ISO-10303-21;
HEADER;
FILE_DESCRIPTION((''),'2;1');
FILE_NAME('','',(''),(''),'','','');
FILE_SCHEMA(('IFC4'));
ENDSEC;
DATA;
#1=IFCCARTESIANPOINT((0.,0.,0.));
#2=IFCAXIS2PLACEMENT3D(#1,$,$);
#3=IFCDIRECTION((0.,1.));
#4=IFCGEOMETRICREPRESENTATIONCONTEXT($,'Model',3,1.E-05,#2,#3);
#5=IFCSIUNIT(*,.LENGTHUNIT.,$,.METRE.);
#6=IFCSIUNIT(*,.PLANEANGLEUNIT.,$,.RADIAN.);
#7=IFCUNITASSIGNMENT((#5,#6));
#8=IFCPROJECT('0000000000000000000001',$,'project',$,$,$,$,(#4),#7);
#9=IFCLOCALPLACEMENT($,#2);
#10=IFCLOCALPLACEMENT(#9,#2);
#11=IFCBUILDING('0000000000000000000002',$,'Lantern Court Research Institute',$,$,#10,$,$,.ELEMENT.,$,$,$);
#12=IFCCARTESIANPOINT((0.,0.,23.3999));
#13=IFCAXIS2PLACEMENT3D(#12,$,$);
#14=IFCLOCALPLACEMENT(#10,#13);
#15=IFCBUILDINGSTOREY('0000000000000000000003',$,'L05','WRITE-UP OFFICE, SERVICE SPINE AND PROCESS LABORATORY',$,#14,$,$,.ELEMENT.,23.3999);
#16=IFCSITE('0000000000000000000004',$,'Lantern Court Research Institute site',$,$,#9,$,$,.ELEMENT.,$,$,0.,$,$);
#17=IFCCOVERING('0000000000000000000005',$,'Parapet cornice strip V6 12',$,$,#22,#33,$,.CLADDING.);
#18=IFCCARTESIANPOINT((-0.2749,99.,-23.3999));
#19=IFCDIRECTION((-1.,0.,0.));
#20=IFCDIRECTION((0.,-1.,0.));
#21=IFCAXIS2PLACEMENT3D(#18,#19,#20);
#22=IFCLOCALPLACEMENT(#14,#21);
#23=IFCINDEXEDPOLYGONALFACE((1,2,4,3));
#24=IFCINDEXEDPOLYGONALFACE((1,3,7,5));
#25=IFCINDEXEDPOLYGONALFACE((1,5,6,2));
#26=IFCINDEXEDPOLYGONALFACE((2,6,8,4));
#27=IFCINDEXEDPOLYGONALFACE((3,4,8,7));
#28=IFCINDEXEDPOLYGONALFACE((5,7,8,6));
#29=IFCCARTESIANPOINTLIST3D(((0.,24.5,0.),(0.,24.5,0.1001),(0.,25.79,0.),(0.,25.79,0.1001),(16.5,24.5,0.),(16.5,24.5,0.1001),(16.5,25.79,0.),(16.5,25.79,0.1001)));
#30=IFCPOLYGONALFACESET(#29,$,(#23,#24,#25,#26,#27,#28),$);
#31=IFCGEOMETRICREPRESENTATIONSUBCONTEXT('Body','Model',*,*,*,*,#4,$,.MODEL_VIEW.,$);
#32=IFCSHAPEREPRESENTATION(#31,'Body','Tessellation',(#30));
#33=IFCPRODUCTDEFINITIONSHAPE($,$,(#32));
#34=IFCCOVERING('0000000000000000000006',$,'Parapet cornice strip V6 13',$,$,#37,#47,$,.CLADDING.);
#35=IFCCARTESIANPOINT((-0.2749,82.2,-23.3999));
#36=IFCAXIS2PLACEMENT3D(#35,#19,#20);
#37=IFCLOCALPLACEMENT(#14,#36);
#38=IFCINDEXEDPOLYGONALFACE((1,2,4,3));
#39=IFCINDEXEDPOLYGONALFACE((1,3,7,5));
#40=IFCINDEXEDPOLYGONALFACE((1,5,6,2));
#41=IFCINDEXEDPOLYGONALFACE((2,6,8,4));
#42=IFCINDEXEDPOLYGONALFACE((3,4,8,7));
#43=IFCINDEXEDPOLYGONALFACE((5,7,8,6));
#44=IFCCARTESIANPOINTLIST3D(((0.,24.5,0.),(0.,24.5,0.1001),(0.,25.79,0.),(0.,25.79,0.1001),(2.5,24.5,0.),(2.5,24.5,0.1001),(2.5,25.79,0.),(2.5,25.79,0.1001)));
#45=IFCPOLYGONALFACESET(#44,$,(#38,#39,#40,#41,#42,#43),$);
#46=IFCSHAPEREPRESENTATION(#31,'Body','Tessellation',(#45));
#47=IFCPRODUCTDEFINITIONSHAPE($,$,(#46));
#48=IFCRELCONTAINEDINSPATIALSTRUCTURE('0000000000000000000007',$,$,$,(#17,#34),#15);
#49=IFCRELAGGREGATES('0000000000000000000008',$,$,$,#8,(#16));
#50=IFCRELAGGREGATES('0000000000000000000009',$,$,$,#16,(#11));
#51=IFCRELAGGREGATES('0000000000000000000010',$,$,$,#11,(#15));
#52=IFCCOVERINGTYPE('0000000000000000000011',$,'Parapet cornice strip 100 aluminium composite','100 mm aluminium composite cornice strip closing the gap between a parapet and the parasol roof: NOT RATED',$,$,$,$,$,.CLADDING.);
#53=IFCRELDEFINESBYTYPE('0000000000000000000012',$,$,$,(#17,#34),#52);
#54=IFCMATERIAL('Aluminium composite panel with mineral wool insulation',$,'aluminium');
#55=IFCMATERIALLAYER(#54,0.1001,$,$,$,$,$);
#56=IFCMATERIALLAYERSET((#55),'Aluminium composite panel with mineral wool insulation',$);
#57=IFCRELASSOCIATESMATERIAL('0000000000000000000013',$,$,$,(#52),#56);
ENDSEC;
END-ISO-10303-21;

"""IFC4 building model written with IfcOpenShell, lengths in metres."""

from ifc_helpers import new_model, si_unit, direction, frame, origin, place, context, subcontext, project, spatial, polyline, outline, extrude, material, layer, layer_set, type_object, element, save


model = new_model("IFC4")

# Units and contexts
model_context = context("Model", 3, precision=1e-05, world=origin(), true_north=direction((0.0, 1.0)))
body_context = subcontext(model_context, "Body", "Model", "MODEL_VIEW")
ifc_project = project(units=[si_unit("LENGTHUNIT", "METRE"), si_unit("PLANEANGLEUNIT", "RADIAN")], contexts=[model_context])

# Site, building, storey
site_placement = place(None, origin())
site = spatial("IfcSite", under=ifc_project, at=site_placement, Name="Lantern Court Research Institute site", CompositionType="ELEMENT", RefElevation=0.0)
building_placement = place(site_placement, origin())
building = spatial("IfcBuilding", under=site, at=building_placement, Name="Lantern Court Research Institute", CompositionType="ELEMENT")
storey_placement = place(building_placement, frame((0.0, 0.0, 23.3999)))
storey = spatial("IfcBuildingStorey", under=building, at=storey_placement, Name="L05", Description="WRITE-UP OFFICE, SERVICE SPINE AND PROCESS LABORATORY", CompositionType="ELEMENT", Elevation=23.3999)

# Coverings
ifc_material_1 = material(Name="Aluminium composite panel with mineral wool insulation", Category="aluminium")
ifc_layer_1 = layer(ifc_material_1, 0.1001)
ifc_layer_set_1 = layer_set([ifc_layer_1], Name="Aluminium composite panel with mineral wool insulation")
covering_type_1 = type_object("IfcCoveringType", Name="Parapet cornice strip 100 aluminium composite", Description="100 mm aluminium composite cornice strip closing the gap between a parapet and the parasol roof: NOT RATED", PredefinedType="CLADDING", material=ifc_layer_set_1)
covering_1_placement = place(storey_placement, frame((-0.2749, 99.0, -23.3999), z_axis=(-1.0, 0.0, 0.0), x_axis=(0.0, -1.0, 0.0)))
element("IfcCovering", 1, at=covering_1_placement, inside=storey, type_object=covering_type_1, Name="Parapet cornice strip V6 12", PredefinedType="CLADDING", context=body_context, shape_type="SweptSolid", body=[
    extrude(outline(polyline([(0.0, 24.5), (16.5, 24.5), (16.5, 25.79), (0.0, 25.79), (0.0, 24.5)])), origin(), (0.0, 0.0, 1.0), 0.1001),
])
covering_2_placement = place(storey_placement, frame((-0.2749, 82.2, -23.3999), z_axis=(-1.0, 0.0, 0.0), x_axis=(0.0, -1.0, 0.0)))
element("IfcCovering", 2, at=covering_2_placement, inside=storey, type_object=covering_type_1, Name="Parapet cornice strip V6 13", PredefinedType="CLADDING", context=body_context, shape_type="SweptSolid", body=[
    extrude(outline(polyline([(0.0, 24.5), (2.5, 24.5), (2.5, 25.79), (0.0, 25.79), (0.0, 24.5)])), origin(), (0.0, 0.0, 1.0), 0.1001),
])

save(model, "model.ifc")
